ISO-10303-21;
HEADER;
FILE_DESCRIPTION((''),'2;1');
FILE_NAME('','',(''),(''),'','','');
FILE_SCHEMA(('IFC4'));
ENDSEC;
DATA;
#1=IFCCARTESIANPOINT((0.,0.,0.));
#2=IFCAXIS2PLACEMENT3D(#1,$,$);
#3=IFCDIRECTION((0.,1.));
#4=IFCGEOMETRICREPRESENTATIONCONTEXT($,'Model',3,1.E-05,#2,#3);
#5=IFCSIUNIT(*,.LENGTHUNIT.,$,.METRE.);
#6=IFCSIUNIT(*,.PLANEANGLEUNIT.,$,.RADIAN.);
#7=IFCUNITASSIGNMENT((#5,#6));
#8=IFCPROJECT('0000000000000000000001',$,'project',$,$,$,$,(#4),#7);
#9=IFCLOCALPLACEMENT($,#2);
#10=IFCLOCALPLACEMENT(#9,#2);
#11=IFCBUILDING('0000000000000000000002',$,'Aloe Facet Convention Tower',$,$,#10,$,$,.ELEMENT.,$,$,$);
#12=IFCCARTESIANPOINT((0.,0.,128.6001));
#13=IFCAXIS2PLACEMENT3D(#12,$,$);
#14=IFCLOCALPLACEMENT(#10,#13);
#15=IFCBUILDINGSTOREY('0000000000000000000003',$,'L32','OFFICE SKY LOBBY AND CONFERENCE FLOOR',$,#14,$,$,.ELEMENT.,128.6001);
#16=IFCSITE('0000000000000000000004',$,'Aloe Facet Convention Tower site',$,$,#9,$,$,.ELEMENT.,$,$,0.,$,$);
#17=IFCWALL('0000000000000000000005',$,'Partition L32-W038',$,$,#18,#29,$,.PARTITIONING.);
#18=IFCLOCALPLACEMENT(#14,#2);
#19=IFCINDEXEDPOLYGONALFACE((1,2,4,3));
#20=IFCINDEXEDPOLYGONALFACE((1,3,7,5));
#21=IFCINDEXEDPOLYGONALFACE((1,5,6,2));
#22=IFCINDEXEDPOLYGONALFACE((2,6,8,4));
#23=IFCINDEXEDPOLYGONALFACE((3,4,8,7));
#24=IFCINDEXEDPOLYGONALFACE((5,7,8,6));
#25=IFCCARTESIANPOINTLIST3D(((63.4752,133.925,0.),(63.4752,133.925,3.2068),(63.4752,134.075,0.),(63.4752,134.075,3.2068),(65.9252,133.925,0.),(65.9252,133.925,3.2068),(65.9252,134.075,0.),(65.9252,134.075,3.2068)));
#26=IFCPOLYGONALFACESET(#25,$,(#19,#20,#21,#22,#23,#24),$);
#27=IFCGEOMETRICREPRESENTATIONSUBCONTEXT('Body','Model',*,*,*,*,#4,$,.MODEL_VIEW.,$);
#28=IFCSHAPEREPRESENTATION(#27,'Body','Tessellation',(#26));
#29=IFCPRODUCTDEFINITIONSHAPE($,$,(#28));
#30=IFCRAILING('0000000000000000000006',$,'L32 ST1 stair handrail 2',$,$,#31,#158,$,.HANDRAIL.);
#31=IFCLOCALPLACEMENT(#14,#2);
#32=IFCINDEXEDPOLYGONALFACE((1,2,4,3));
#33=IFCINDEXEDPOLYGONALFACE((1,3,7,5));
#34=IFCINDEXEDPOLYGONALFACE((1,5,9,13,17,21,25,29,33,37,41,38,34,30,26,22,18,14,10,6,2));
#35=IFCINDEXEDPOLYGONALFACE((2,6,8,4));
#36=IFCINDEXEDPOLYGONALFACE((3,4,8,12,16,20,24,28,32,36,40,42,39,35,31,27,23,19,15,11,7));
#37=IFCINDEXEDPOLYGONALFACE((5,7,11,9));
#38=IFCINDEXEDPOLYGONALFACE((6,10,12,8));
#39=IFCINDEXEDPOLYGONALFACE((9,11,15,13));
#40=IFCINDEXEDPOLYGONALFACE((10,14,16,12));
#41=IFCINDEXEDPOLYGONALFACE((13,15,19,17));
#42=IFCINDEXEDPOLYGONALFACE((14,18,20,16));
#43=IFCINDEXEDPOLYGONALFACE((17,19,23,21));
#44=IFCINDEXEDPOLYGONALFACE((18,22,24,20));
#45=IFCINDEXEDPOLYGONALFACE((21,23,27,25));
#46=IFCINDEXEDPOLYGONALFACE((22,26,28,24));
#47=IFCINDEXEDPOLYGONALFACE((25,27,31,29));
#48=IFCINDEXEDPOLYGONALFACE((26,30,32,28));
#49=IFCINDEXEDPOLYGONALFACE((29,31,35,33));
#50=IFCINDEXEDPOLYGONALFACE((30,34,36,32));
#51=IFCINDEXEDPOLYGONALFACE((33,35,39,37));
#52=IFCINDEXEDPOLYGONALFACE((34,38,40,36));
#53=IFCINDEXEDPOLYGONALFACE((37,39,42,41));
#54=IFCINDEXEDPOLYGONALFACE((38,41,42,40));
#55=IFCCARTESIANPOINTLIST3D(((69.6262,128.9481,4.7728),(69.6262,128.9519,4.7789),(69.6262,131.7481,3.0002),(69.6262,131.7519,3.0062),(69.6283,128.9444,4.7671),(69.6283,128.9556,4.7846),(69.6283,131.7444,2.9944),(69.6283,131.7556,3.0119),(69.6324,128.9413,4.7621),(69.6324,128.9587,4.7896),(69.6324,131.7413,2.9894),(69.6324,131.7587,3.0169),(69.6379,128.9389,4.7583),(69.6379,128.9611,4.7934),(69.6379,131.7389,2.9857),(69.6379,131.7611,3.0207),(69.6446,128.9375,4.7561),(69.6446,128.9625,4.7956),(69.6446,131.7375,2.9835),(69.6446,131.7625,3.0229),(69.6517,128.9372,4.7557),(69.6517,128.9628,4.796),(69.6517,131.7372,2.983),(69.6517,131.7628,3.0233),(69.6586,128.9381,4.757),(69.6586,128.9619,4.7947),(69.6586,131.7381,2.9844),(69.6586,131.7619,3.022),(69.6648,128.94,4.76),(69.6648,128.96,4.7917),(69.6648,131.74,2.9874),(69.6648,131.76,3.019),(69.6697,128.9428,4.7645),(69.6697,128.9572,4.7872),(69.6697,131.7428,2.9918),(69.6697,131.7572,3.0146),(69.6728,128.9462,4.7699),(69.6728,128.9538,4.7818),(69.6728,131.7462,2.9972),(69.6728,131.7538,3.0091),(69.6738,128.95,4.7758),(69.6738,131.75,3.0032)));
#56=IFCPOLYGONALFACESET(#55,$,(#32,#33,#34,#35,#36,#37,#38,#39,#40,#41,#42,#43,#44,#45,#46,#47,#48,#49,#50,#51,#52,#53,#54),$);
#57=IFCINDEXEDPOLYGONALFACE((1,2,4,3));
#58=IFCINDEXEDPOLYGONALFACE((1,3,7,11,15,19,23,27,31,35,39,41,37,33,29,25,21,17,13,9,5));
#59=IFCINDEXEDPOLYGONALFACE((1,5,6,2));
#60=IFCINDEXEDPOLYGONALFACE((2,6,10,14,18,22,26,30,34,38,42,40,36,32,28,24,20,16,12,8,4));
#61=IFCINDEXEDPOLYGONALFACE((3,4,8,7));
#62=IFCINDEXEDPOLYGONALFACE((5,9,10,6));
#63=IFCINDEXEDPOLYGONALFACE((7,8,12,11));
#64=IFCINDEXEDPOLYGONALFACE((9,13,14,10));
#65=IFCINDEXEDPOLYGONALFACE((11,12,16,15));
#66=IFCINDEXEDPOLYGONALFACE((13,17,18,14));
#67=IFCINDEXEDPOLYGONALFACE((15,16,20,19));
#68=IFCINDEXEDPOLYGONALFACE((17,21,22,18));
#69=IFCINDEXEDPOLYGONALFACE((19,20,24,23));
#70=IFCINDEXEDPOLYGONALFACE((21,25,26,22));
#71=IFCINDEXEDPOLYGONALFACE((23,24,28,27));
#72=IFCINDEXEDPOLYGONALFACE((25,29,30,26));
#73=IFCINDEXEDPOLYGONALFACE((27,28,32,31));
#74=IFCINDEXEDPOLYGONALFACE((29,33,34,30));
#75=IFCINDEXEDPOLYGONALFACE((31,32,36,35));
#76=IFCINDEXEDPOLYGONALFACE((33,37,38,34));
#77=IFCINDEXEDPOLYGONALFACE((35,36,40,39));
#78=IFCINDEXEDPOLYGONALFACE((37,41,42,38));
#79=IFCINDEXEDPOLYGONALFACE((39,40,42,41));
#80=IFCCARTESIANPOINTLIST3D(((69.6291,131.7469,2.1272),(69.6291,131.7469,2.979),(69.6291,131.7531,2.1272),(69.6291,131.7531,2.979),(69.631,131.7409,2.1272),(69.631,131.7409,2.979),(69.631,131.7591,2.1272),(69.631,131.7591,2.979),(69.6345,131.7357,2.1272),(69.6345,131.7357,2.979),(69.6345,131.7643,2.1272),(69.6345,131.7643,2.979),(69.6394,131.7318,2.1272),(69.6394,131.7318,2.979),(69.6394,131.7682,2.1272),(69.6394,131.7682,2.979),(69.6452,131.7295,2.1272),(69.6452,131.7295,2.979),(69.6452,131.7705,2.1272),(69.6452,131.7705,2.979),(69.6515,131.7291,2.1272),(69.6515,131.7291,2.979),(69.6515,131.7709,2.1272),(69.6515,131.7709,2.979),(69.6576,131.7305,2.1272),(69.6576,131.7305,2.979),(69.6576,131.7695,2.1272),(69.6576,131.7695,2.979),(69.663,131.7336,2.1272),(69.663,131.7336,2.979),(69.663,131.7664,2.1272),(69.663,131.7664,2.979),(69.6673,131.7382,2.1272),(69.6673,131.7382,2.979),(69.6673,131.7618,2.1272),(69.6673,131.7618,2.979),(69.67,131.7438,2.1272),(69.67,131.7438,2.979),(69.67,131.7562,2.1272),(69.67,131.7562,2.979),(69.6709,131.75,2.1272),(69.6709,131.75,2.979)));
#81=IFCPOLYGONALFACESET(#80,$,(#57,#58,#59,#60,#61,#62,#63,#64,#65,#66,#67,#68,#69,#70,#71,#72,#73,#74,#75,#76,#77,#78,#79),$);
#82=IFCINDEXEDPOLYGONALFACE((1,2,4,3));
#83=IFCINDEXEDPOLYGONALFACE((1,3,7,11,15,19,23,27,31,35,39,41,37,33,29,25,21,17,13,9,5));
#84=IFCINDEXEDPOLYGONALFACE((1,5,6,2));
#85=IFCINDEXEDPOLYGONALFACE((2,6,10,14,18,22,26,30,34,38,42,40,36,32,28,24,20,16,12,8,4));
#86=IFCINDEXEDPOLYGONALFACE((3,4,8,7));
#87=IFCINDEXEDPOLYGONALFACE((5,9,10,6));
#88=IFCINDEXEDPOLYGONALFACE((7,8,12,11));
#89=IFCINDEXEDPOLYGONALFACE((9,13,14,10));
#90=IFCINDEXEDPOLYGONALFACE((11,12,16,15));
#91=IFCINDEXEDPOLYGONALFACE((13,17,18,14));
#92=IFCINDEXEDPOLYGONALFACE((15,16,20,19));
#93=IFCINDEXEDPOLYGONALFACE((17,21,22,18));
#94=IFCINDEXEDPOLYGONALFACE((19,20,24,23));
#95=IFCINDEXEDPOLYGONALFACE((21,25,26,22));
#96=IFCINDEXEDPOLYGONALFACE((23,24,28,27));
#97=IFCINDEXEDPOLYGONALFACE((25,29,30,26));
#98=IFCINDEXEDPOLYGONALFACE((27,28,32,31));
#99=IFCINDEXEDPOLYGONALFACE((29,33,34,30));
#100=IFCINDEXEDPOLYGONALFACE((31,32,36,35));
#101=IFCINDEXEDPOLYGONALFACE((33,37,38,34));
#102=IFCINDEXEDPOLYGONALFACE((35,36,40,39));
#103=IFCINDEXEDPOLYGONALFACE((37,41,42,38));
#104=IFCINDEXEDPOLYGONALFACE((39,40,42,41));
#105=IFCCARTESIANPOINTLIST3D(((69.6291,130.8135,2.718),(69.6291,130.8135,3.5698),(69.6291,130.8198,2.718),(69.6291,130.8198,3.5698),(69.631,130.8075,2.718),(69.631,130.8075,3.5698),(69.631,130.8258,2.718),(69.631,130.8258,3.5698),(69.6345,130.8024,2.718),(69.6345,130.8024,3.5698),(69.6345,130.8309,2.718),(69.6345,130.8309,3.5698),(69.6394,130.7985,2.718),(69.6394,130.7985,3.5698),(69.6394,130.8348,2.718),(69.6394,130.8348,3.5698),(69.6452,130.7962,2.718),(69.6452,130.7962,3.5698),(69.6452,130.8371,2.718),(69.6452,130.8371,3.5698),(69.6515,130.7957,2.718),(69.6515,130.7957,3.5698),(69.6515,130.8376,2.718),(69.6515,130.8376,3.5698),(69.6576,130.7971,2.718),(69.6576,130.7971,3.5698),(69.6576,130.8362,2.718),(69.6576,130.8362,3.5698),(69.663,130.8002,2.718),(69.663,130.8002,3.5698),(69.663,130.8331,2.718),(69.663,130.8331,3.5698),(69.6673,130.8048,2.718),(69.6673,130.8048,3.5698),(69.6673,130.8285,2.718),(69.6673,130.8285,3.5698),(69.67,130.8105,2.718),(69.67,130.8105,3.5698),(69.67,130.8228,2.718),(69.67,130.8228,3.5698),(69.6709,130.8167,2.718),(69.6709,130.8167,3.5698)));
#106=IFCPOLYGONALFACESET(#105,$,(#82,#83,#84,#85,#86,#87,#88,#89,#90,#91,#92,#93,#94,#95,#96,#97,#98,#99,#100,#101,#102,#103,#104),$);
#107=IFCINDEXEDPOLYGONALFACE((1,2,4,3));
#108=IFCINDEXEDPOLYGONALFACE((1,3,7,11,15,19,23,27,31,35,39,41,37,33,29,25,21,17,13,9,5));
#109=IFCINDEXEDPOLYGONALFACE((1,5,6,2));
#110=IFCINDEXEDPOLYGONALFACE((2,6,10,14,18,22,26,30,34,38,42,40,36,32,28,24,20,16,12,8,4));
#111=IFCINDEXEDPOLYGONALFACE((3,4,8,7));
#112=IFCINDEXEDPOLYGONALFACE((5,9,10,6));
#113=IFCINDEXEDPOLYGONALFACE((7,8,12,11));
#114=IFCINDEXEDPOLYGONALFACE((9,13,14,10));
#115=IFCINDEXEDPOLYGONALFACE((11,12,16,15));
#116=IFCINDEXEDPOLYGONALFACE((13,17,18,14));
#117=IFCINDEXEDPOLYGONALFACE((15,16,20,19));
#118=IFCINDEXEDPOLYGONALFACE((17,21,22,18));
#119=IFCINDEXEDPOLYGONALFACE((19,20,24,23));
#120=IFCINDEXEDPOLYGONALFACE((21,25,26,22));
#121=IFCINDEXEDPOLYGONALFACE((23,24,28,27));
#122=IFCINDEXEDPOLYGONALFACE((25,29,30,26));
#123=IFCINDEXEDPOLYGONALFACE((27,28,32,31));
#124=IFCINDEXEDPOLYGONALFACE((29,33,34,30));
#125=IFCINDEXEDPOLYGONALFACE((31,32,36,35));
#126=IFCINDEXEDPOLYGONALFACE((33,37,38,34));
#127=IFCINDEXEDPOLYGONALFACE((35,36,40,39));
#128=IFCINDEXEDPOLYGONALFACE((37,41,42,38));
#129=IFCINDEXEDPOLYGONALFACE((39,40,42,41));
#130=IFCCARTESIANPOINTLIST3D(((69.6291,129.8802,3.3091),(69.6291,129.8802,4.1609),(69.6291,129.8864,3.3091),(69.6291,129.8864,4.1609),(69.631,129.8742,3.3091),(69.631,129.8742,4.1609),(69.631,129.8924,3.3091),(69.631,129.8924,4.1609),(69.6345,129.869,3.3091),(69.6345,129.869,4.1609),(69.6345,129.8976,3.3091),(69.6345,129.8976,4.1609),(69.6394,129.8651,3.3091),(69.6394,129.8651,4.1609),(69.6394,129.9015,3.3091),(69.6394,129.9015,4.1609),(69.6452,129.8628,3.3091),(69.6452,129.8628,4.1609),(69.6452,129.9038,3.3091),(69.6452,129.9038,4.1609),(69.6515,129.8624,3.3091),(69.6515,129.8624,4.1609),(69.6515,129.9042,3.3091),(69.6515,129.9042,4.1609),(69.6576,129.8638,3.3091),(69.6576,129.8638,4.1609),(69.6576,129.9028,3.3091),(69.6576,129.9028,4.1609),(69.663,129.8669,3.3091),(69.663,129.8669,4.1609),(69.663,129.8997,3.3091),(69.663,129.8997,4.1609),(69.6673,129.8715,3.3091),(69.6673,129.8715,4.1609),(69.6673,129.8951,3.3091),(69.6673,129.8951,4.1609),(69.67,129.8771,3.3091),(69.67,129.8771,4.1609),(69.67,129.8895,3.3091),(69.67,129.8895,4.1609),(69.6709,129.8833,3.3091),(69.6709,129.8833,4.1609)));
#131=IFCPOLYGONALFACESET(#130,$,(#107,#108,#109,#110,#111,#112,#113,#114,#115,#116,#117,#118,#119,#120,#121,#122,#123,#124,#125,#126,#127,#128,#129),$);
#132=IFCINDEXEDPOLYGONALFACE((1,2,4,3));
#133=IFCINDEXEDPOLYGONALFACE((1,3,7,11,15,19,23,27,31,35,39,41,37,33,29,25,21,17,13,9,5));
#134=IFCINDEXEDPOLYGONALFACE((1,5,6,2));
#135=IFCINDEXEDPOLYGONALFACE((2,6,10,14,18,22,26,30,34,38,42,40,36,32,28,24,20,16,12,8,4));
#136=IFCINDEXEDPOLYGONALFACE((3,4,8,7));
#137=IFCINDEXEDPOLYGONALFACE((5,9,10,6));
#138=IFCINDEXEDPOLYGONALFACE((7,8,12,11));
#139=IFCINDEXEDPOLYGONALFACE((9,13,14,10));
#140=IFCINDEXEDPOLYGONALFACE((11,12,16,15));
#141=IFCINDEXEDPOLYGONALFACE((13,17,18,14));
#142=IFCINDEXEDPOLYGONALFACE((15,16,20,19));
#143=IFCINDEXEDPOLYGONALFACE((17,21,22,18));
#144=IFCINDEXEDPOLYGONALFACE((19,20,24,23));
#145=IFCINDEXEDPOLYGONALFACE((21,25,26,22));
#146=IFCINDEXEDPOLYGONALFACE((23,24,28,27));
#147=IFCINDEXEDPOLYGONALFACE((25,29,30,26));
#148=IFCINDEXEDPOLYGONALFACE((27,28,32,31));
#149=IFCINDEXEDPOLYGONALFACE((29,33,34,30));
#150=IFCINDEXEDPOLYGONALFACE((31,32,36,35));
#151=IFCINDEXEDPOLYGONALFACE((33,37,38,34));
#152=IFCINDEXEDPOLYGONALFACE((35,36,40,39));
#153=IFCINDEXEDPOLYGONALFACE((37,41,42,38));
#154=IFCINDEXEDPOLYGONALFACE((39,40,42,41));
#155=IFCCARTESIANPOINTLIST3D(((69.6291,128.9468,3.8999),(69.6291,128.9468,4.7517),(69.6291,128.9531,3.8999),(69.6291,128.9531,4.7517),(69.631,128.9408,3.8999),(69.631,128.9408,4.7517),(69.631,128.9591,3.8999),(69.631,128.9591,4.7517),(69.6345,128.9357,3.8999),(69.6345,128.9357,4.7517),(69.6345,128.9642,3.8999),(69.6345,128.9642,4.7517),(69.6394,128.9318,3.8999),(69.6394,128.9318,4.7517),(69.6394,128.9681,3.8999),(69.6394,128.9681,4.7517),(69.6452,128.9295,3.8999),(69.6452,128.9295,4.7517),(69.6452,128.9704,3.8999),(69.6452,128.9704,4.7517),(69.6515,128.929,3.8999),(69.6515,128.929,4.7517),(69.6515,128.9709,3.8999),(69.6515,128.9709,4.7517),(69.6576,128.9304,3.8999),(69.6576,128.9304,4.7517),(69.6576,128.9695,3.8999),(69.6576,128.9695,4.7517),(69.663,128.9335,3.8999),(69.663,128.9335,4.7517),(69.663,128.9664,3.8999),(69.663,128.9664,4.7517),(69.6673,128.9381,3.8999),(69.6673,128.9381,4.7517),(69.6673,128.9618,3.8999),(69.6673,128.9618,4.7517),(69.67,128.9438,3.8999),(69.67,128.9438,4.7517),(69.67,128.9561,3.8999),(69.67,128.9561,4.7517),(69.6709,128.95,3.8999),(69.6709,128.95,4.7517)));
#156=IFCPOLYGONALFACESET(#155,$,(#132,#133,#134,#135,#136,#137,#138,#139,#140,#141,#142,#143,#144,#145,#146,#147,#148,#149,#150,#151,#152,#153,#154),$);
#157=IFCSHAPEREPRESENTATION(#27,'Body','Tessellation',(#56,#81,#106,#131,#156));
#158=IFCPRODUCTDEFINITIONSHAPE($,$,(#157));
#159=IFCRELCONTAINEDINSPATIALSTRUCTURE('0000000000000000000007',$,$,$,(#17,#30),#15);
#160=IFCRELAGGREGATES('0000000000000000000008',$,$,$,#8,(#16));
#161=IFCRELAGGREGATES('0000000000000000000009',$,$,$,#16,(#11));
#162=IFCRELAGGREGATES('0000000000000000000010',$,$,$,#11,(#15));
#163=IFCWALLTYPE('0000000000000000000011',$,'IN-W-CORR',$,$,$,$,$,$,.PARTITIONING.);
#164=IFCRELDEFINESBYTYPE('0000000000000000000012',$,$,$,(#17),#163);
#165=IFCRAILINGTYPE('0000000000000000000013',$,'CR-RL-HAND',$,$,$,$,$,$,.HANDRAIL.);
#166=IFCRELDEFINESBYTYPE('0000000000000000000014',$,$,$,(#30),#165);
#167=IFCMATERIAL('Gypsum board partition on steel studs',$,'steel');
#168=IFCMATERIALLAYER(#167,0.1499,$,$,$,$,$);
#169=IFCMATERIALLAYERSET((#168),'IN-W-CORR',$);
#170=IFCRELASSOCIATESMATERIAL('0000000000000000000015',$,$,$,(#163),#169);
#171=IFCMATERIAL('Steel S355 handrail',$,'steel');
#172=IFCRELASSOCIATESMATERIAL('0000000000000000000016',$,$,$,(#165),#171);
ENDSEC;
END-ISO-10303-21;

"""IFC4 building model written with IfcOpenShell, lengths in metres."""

from ifc_helpers import new_model, si_unit, direction, frame, frame_2d, origin, origin_2d, place, context, subcontext, project, spatial, rectangle, circle, extrude, material, layer, layer_set, type_object, element, save


model = new_model("IFC4")

# Units and contexts
model_context = context("Model", 3, precision=1e-05, world=origin(), true_north=direction((0.0, 1.0)))
body_context = subcontext(model_context, "Body", "Model", "MODEL_VIEW")
ifc_project = project(units=[si_unit("LENGTHUNIT", "METRE"), si_unit("PLANEANGLEUNIT", "RADIAN")], contexts=[model_context])

# Site, building, storey
site_placement = place(None, origin())
site = spatial("IfcSite", under=ifc_project, at=site_placement, Name="Aloe Facet Convention Tower site", CompositionType="ELEMENT", RefElevation=0.0)
building_placement = place(site_placement, origin())
building = spatial("IfcBuilding", under=site, at=building_placement, Name="Aloe Facet Convention Tower", CompositionType="ELEMENT")
storey_placement = place(building_placement, frame((0.0, 0.0, 128.6001)))
storey = spatial("IfcBuildingStorey", under=building, at=storey_placement, Name="L32", Description="OFFICE SKY LOBBY AND CONFERENCE FLOOR", CompositionType="ELEMENT", Elevation=128.6001)

# Wall
ifc_material_1 = material(Name="Gypsum board partition on steel studs", Category="steel")
ifc_layer_1 = layer(ifc_material_1, 0.1499)
ifc_layer_set_1 = layer_set([ifc_layer_1], Name="IN-W-CORR")
wall_type_1 = type_object("IfcWallType", Name="IN-W-CORR", PredefinedType="PARTITIONING", material=ifc_layer_set_1)
wall_1_placement = place(storey_placement, frame((63.4751, 134.0, 0.0), z_axis=(0.0, 0.0, 1.0), x_axis=(1.0, 0.0, 0.0)))
element("IfcWall", 1, at=wall_1_placement, inside=storey, type_object=wall_type_1, Name="Partition L32-W038", PredefinedType="PARTITIONING", context=body_context, shape_type="SweptSolid", body=[
    extrude(rectangle(XDim=2.45, YDim=0.1499, at=frame_2d((1.2251, 0.0))), origin(), (0.0, 0.0, 1.0), 3.2068),
])

# Railing
ifc_material_2 = material(Name="Steel S355 handrail", Category="steel")
railing_type = type_object("IfcRailingType", Name="CR-RL-HAND", PredefinedType="HANDRAIL", material=ifc_material_2)
railing_placement = place(storey_placement, frame((69.6499, 131.75, 2.1272)))
element("IfcRailing", 2, at=railing_placement, inside=storey, type_object=railing_type, Name="L32 ST1 stair handrail 2", PredefinedType="HANDRAIL", context=body_context, shape_type="SweptSolid", body=[
    extrude(circle(Radius=0.0239, at=origin_2d()), frame((0.0, 0.0, 0.876), z_axis=(0.0, -0.844909, 0.53491), x_axis=(1.0, 0.0, 0.0)), (0.0, 0.0, 1.0), 3.314),
    extrude(circle(Radius=0.021, at=origin_2d()), origin(), (0.0, 0.0, 1.0), 0.8518),
    extrude(circle(Radius=0.021, at=origin_2d()), frame((0.0, -0.9333, 0.5908)), (0.0, 0.0, 1.0), 0.8518),
    extrude(circle(Radius=0.021, at=origin_2d()), frame((0.0, -1.8667, 1.1819)), (0.0, 0.0, 1.0), 0.8518),
    extrude(circle(Radius=0.021, at=origin_2d()), frame((0.0, -2.8, 1.7727)), (0.0, 0.0, 1.0), 0.8518),
])

save(model, "model.ifc")
